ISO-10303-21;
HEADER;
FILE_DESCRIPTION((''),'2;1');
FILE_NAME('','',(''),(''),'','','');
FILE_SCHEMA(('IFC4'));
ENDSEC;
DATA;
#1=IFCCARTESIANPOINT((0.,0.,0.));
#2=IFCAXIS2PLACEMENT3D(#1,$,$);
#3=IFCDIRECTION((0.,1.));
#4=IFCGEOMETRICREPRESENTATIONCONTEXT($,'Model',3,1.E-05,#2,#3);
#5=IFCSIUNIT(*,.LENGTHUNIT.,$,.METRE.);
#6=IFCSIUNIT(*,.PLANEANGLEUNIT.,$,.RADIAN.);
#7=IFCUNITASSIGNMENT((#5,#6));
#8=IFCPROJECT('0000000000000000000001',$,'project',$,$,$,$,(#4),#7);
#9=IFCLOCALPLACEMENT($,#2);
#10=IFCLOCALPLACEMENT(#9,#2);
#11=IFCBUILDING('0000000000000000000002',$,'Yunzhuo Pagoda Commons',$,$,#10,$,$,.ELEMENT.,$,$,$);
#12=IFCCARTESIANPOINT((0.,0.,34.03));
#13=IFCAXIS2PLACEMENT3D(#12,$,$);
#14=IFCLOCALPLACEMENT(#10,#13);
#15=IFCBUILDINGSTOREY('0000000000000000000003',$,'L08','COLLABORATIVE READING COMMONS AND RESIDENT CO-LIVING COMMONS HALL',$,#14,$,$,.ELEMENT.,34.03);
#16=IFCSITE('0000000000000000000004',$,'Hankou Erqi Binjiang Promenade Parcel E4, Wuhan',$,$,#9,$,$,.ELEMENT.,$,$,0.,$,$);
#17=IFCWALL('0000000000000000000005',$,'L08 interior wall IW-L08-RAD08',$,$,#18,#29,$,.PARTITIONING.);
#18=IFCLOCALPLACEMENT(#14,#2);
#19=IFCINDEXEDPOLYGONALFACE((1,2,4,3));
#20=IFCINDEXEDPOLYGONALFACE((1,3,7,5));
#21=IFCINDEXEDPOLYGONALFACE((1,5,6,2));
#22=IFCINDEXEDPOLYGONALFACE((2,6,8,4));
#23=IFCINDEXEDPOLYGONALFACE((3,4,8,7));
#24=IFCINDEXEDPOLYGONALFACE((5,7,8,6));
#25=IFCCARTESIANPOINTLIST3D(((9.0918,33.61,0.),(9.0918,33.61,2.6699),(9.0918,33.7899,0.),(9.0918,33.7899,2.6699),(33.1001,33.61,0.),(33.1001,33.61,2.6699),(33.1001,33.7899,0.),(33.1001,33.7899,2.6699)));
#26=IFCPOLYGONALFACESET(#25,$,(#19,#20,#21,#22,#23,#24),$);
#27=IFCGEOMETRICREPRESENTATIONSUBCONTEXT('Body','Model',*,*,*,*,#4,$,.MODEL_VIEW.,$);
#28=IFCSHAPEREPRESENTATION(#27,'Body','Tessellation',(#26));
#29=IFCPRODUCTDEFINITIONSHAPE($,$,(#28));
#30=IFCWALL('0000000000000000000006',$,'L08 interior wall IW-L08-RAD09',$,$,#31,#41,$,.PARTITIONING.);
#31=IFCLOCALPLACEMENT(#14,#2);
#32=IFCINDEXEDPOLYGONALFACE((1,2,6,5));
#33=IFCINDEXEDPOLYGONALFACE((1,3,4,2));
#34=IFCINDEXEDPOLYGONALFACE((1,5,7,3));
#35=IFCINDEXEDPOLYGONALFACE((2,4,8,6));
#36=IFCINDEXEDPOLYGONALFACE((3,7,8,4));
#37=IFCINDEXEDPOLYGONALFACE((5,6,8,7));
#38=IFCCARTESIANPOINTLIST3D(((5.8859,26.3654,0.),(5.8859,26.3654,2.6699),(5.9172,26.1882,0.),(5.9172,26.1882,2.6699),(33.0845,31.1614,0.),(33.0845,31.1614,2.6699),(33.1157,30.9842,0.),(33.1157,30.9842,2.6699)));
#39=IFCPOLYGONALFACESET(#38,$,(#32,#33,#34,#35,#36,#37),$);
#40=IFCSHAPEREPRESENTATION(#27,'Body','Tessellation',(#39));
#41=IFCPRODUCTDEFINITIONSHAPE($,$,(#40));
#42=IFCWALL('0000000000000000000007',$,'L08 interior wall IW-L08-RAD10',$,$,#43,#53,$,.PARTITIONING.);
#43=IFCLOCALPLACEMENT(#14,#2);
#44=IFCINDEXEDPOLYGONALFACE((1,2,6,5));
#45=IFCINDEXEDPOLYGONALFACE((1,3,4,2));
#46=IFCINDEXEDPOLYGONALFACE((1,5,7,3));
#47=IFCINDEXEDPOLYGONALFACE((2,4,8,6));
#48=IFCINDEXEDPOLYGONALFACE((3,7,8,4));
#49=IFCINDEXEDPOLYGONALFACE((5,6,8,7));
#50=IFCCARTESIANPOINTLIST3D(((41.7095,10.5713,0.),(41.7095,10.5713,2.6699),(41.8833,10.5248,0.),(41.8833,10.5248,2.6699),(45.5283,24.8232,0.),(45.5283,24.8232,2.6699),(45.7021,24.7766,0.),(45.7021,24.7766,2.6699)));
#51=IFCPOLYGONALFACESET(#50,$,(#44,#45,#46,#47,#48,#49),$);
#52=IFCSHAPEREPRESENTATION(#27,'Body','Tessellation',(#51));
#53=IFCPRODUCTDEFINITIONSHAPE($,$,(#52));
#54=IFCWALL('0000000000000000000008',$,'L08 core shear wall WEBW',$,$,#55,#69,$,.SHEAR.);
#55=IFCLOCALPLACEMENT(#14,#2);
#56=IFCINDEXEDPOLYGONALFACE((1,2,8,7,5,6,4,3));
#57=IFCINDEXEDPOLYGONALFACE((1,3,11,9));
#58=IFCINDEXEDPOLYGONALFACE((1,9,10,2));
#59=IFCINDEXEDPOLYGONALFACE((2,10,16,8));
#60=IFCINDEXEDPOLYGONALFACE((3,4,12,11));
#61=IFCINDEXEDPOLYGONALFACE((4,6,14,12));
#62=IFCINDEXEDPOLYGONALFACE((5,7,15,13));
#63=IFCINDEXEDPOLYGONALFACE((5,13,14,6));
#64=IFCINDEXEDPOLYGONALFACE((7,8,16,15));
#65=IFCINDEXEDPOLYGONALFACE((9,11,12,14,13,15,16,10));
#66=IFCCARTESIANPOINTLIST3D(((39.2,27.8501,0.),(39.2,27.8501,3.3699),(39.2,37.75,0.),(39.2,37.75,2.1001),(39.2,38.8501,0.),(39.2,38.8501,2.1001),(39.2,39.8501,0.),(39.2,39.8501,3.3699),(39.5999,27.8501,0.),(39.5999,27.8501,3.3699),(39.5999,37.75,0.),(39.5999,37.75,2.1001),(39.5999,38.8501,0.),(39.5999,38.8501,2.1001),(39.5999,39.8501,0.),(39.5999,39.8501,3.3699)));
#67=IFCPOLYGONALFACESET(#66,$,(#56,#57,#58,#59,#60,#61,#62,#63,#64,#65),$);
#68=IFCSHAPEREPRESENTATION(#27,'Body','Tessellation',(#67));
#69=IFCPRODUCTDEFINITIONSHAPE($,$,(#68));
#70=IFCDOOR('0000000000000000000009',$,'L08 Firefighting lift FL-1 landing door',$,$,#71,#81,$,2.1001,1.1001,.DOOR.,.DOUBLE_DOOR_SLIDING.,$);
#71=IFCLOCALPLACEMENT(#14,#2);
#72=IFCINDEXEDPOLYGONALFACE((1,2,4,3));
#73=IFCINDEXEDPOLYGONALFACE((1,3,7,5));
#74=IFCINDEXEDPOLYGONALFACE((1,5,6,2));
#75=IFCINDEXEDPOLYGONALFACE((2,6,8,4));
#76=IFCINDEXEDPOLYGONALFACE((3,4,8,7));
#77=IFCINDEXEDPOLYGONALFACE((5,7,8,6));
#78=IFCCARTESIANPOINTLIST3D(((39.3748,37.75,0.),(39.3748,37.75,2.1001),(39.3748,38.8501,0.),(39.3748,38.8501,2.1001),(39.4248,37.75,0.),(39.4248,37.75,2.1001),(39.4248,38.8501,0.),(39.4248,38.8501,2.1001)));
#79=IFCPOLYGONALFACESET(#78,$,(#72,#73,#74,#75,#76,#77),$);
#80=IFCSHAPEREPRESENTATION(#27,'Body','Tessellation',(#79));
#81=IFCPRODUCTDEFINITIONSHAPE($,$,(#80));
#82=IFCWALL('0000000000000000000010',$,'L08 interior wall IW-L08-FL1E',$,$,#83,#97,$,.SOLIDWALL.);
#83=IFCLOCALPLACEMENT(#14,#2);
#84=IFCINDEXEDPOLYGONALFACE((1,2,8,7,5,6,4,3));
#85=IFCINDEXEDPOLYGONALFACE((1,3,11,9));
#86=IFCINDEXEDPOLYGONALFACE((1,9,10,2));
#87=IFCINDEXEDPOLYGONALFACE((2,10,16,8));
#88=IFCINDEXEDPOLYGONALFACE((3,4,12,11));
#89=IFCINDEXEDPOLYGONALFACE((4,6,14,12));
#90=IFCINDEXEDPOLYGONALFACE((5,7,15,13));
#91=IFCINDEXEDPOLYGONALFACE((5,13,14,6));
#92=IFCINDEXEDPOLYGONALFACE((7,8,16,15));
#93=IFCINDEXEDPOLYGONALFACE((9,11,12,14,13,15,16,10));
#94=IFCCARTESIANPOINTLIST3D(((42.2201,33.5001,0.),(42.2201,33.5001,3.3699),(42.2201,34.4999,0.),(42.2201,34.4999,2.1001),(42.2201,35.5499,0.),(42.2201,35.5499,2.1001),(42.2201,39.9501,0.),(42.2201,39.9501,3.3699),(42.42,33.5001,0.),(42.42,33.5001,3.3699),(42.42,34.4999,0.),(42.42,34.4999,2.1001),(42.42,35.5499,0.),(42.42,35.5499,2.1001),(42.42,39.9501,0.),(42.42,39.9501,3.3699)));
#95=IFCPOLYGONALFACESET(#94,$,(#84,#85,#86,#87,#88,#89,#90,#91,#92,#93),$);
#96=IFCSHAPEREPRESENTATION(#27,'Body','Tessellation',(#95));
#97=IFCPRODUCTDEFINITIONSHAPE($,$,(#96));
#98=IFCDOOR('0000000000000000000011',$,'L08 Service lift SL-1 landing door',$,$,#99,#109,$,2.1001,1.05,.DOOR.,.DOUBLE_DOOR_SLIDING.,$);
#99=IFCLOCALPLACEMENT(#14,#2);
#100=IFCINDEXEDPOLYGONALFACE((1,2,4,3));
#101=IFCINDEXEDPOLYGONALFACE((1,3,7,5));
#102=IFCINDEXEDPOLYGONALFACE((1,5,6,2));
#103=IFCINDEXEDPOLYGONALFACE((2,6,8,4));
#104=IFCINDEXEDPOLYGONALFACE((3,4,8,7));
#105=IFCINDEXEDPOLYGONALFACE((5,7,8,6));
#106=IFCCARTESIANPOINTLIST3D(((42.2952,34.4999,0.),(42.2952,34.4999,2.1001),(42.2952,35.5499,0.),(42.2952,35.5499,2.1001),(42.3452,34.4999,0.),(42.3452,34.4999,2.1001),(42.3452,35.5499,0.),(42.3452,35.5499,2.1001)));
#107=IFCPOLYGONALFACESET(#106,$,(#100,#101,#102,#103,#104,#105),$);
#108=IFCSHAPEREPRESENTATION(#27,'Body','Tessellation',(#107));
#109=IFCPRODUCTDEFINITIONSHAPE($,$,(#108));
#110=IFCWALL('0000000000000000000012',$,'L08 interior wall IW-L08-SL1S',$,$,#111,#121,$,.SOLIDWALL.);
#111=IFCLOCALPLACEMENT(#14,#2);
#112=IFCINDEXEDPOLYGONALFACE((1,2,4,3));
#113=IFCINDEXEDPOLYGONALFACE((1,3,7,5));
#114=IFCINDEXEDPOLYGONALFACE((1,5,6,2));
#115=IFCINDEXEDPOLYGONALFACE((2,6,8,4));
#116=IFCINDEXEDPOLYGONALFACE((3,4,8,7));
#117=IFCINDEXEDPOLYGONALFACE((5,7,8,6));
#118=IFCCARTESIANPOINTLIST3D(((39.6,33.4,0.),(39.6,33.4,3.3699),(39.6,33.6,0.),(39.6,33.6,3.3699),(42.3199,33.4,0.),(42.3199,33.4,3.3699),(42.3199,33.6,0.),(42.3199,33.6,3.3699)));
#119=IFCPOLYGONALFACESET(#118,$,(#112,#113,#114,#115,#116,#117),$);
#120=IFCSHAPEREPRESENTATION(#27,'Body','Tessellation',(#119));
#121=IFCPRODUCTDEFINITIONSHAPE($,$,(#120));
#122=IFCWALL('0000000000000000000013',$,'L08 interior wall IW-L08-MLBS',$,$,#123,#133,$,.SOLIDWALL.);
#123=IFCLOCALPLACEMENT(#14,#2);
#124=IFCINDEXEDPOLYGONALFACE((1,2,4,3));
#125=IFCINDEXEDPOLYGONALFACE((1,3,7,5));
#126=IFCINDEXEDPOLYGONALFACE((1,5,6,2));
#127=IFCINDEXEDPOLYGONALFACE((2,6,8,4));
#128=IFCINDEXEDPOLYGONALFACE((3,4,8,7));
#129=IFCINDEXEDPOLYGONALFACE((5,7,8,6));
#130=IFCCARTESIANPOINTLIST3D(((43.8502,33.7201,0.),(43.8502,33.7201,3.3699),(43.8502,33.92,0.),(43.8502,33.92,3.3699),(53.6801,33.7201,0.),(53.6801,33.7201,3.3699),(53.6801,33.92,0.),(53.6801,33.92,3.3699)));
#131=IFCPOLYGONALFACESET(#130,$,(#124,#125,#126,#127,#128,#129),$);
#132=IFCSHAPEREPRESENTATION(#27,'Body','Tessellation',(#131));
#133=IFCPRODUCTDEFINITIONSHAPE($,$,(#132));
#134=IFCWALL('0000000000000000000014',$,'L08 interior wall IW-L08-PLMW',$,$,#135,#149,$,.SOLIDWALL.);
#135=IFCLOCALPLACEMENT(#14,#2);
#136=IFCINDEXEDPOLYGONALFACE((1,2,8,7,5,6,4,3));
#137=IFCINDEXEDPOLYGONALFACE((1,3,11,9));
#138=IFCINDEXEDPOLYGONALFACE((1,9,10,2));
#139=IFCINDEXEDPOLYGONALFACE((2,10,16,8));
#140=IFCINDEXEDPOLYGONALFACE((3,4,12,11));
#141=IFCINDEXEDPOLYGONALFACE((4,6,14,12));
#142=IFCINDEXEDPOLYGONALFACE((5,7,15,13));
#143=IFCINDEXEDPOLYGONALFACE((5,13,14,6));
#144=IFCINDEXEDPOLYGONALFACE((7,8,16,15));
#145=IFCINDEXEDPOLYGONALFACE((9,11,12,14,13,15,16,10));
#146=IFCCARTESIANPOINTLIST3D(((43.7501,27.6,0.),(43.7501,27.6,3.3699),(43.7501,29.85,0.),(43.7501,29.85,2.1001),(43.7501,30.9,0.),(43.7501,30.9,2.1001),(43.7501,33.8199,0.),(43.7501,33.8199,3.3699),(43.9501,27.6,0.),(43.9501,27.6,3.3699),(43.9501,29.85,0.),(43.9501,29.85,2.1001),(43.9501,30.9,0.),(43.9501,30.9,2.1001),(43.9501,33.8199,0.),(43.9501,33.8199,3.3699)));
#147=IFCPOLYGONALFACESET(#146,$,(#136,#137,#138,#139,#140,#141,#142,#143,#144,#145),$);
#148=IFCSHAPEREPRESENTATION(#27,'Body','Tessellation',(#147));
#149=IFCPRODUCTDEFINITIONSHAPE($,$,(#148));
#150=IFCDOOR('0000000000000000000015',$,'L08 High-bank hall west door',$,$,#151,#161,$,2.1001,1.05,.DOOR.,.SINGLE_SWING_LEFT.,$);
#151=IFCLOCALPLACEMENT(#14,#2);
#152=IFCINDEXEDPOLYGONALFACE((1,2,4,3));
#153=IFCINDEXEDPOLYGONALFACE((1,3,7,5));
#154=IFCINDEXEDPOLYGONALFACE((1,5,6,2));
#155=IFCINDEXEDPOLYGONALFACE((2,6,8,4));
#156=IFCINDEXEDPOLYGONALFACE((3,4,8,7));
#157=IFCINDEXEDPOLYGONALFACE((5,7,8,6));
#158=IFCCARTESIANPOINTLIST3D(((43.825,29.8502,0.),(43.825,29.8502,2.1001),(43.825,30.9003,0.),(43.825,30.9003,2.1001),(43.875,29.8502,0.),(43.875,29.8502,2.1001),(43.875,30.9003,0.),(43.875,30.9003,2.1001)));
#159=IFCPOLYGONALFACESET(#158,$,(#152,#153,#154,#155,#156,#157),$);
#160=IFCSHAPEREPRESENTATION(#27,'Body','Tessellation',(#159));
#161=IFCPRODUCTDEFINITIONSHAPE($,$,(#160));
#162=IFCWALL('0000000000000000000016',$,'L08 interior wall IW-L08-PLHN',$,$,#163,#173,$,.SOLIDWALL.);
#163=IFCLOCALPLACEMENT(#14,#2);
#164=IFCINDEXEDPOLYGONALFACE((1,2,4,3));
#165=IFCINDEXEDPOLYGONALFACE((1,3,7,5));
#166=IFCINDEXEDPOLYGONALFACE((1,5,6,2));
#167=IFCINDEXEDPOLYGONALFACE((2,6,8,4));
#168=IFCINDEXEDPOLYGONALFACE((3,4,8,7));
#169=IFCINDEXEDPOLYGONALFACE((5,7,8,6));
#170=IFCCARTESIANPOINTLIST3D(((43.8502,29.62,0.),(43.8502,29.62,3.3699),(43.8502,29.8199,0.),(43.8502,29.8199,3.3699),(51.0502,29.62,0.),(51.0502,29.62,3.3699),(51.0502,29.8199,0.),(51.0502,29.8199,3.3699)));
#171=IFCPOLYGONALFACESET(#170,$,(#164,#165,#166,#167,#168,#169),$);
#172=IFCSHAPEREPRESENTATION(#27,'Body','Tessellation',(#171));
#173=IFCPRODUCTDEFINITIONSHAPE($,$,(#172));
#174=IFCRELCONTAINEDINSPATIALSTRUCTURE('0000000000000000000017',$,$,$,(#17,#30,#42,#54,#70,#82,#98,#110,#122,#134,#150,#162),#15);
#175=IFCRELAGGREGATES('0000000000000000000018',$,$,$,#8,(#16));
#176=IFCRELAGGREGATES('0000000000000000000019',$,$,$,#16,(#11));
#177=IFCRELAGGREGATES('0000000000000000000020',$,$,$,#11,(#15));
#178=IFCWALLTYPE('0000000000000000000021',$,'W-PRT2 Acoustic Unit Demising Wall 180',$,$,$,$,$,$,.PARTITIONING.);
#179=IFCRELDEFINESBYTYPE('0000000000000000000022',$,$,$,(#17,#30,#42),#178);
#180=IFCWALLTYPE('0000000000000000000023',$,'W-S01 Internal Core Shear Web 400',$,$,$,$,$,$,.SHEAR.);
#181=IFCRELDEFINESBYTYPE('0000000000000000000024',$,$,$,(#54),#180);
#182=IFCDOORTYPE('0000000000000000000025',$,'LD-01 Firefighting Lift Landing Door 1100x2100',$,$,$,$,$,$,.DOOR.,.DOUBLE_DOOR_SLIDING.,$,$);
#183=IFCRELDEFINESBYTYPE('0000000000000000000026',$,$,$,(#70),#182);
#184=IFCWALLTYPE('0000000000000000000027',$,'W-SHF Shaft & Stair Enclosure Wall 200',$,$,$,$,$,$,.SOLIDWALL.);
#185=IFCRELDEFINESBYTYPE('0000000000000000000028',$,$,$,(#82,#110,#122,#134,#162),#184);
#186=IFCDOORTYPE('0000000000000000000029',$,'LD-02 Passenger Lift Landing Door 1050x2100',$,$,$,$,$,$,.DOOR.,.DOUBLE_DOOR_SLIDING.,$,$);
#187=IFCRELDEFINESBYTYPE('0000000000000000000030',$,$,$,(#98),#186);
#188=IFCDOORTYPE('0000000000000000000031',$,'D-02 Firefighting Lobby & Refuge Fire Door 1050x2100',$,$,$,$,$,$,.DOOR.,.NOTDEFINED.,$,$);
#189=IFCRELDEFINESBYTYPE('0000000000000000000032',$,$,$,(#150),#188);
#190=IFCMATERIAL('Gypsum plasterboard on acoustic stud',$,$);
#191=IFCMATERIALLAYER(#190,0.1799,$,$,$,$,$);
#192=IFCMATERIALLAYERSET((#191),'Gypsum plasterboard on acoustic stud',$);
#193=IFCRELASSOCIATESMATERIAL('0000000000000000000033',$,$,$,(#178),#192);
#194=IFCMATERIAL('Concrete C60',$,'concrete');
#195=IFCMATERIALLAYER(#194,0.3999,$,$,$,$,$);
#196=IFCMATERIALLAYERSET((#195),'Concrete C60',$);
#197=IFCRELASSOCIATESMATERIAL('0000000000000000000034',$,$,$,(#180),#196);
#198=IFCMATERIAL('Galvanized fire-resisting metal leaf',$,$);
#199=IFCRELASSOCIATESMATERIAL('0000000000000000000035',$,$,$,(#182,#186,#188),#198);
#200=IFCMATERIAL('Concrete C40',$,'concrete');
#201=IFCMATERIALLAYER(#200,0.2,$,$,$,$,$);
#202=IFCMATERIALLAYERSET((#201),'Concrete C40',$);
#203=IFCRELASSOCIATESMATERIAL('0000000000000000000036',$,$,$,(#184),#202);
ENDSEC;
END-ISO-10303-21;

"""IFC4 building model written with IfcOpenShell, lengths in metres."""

from ifc_helpers import new_model, si_unit, direction, frame, frame_2d, origin, origin_with_axes, place, context, subcontext, project, spatial, rectangle, extrude, source, transform, mapped, material, layer, layer_set, type_object, element, fill, save


model = new_model("IFC4")

# Units and contexts
model_context = context("Model", 3, precision=1e-05, world=origin(), true_north=direction((0.0, 1.0)))
body_context = subcontext(model_context, "Body", "Model", "MODEL_VIEW")
ifc_project = project(units=[si_unit("LENGTHUNIT", "METRE"), si_unit("PLANEANGLEUNIT", "RADIAN")], contexts=[model_context])

# Site, building, storey
site_placement = place(None, origin())
site = spatial("IfcSite", under=ifc_project, at=site_placement, Name="Hankou Erqi Binjiang Promenade Parcel E4, Wuhan", CompositionType="ELEMENT", RefElevation=0.0)
building_placement = place(site_placement, origin())
building = spatial("IfcBuilding", under=site, at=building_placement, Name="Yunzhuo Pagoda Commons", CompositionType="ELEMENT")
storey_placement = place(building_placement, frame((0.0, 0.0, 34.03)))
storey = spatial("IfcBuildingStorey", under=building, at=storey_placement, Name="L08", Description="COLLABORATIVE READING COMMONS AND RESIDENT CO-LIVING COMMONS HALL", CompositionType="ELEMENT", Elevation=34.03)

# Shared definitions
ifc_material_1 = material(Name="Concrete C60", Category="concrete")

# Shared definitions
ifc_material_2 = material(Name="Gypsum plasterboard on acoustic stud")
ifc_material_3 = material(Name="Galvanized fire-resisting metal leaf")

# Walls
ifc_layer_1 = layer(ifc_material_2, 0.1799)
ifc_layer_set_1 = layer_set([ifc_layer_1], Name="Gypsum plasterboard on acoustic stud")
wall_type_1 = type_object("IfcWallType", Name="W-PRT2 Acoustic Unit Demising Wall 180", PredefinedType="PARTITIONING", material=ifc_layer_set_1)
wall_1_placement = place(storey_placement, frame((33.1001, 33.7, 0.0), z_axis=(0.0, 0.0, 1.0), x_axis=(-1.0, 0.0, 0.0)))
element("IfcWall", 1, at=wall_1_placement, inside=storey, type_object=wall_type_1, Name="L08 interior wall IW-L08-RAD08", PredefinedType="PARTITIONING", context=body_context, shape_type="SweptSolid", body=[
    extrude(rectangle(XDim=24.0083, YDim=0.1799, at=frame_2d((12.0042, 0.0))), origin(), (0.0, 0.0, 1.0), 2.6699),
])
wall_2_placement = place(storey_placement, frame((33.1001, 31.0728, 0.0), z_axis=(0.0, 0.0, 1.0), x_axis=(-0.984807, -0.173651, 0.0)))
element("IfcWall", 2, at=wall_2_placement, inside=storey, type_object=wall_type_1, Name="L08 interior wall IW-L08-RAD09", PredefinedType="PARTITIONING", context=body_context, shape_type="SweptSolid", body=[
    extrude(rectangle(XDim=27.6182, YDim=0.1799, at=frame_2d((13.8091, 0.0))), origin(), (0.0, 0.0, 1.0), 2.6699),
])
wall_3_placement = place(storey_placement, frame((45.6152, 24.8, 0.0), z_axis=(0.0, 0.0, 1.0), x_axis=(-0.258822, -0.965925, 0.0)))
element("IfcWall", 3, at=wall_3_placement, inside=storey, type_object=wall_type_1, Name="L08 interior wall IW-L08-RAD10", PredefinedType="PARTITIONING", context=body_context, shape_type="SweptSolid", body=[
    extrude(rectangle(XDim=14.7546, YDim=0.1799, at=frame_2d((7.3774, 0.0))), origin(), (0.0, 0.0, 1.0), 2.6699),
])

# Walls, openings, doors
ifc_layer_2 = layer(ifc_material_1, 0.3999)
ifc_layer_set_2 = layer_set([ifc_layer_2], Name="Concrete C60")
wall_type_2 = type_object("IfcWallType", Name="W-S01 Internal Core Shear Web 400", PredefinedType="SHEAR", material=ifc_layer_set_2)
wall_4_placement = place(storey_placement, frame((39.3999, 27.8501, 0.0), z_axis=(0.0, 0.0, 1.0), x_axis=(0.0, 1.0, 0.0)))
wall_4 = element("IfcWall", 4, at=wall_4_placement, inside=storey, type_object=wall_type_2, Name="L08 core shear wall WEBW", PredefinedType="SHEAR", context=body_context, shape_type="SweptSolid", body=[
    extrude(rectangle(XDim=12.0, YDim=0.3999, at=frame_2d((6.0, 0.0))), origin(), (0.0, 0.0, 1.0), 3.3699),
])
opening_1_placement = place(wall_4_placement, frame((9.8999, 0.0, 0.0)))
opening_1 = element("IfcOpeningElement", 5, at=opening_1_placement, cuts=wall_4, PredefinedType="OPENING", context=body_context, shape_type="SweptSolid", body=[
    extrude(rectangle(XDim=1.1001, YDim=2.1001, at=frame_2d((0.55, 1.05))), frame((0.0, 0.21, 0.0), z_axis=(0.0, -1.0, 0.0), x_axis=(1.0, 0.0, 0.0)), (0.0, 0.0, 1.0), 0.4199),
])
door_type_1 = type_object("IfcDoorType", Name="LD-01 Firefighting Lift Landing Door 1100x2100", OperationType="DOUBLE_DOOR_SLIDING", PredefinedType="DOOR", material=ifc_material_3)
shared_shape_1 = source(origin(), body_context, "Body", "SweptSolid", [
    extrude(rectangle(XDim=1.1001, YDim=2.1001, at=frame_2d((0.55, 1.05))), frame((0.0, 0.0249, 0.0), z_axis=(0.0, -1.0, 0.0), x_axis=(1.0, 0.0, 0.0)), (0.0, 0.0, 1.0), 0.05),
])
door_1_placement = place(opening_1_placement, frame((1.1001, 0.0, 0.0), z_axis=(0.0, 0.0, 1.0), x_axis=(-1.0, 0.0, 0.0)))
door_1 = element("IfcDoor", 6, at=door_1_placement, inside=storey, type_object=door_type_1, Name="L08 Firefighting lift FL-1 landing door", OperationType="DOUBLE_DOOR_SLIDING", OverallHeight=2.1001, OverallWidth=1.1001, PredefinedType="DOOR", context=body_context, shape_type="MappedRepresentation", body=[
    mapped(shared_shape_1, transform((0.0, 0.0, 0.0), scale=1.0)),
])
fill(opening_1, door_1)
ifc_material_4 = material(Name="Concrete C40", Category="concrete")
ifc_layer_3 = layer(ifc_material_4, 0.2)
ifc_layer_set_3 = layer_set([ifc_layer_3], Name="Concrete C40")
wall_type_3 = type_object("IfcWallType", Name="W-SHF Shaft & Stair Enclosure Wall 200", PredefinedType="SOLIDWALL", material=ifc_layer_set_3)
wall_5_placement = place(storey_placement, frame((42.3201, 33.5, 0.0), z_axis=(0.0, 0.0, 1.0), x_axis=(0.0, 1.0, 0.0)))
wall_5 = element("IfcWall", 7, at=wall_5_placement, inside=storey, type_object=wall_type_3, Name="L08 interior wall IW-L08-FL1E", PredefinedType="SOLIDWALL", context=body_context, shape_type="SweptSolid", body=[
    extrude(rectangle(XDim=6.45, YDim=0.2, at=frame_2d((3.2251, 0.0))), origin(), (0.0, 0.0, 1.0), 3.3699),
])
opening_2_placement = place(wall_5_placement, frame((1.0, 0.0, 0.0)))
opening_2 = element("IfcOpeningElement", 8, at=opening_2_placement, cuts=wall_5, PredefinedType="OPENING", context=body_context, shape_type="SweptSolid", body=[
    extrude(rectangle(XDim=1.05, YDim=2.1001, at=frame_2d((0.5249, 1.05))), frame((0.0, 0.1099, 0.0), z_axis=(0.0, -1.0, 0.0), x_axis=(1.0, 0.0, 0.0)), (0.0, 0.0, 1.0), 0.22),
])
door_type_2 = type_object("IfcDoorType", Name="LD-02 Passenger Lift Landing Door 1050x2100", OperationType="DOUBLE_DOOR_SLIDING", PredefinedType="DOOR", material=ifc_material_3)
shared_shape_2 = source(origin(), body_context, "Body", "SweptSolid", [
    extrude(rectangle(XDim=1.05, YDim=2.1001, at=frame_2d((0.5249, 1.05))), frame((0.0, 0.0249, 0.0), z_axis=(0.0, -1.0, 0.0), x_axis=(1.0, 0.0, 0.0)), (0.0, 0.0, 1.0), 0.05),
])
door_2_placement = place(opening_2_placement, origin_with_axes())
door_2 = element("IfcDoor", 9, at=door_2_placement, inside=storey, type_object=door_type_2, Name="L08 Service lift SL-1 landing door", OperationType="DOUBLE_DOOR_SLIDING", OverallHeight=2.1001, OverallWidth=1.05, PredefinedType="DOOR", context=body_context, shape_type="MappedRepresentation", body=[
    mapped(shared_shape_2, transform((0.0, 0.0, 0.0), scale=1.0)),
])
fill(opening_2, door_2)

# Walls
wall_6_placement = place(storey_placement, frame((39.6001, 33.5, 0.0), z_axis=(0.0, 0.0, 1.0), x_axis=(1.0, 0.0, 0.0)))
element("IfcWall", 10, at=wall_6_placement, inside=storey, type_object=wall_type_3, Name="L08 interior wall IW-L08-SL1S", PredefinedType="SOLIDWALL", context=body_context, shape_type="SweptSolid", body=[
    extrude(rectangle(XDim=2.72, YDim=0.2, at=frame_2d((1.3599, 0.0))), origin(), (0.0, 0.0, 1.0), 3.3699),
])
wall_7_placement = place(storey_placement, frame((43.8501, 33.8201, 0.0), z_axis=(0.0, 0.0, 1.0), x_axis=(1.0, 0.0, 0.0)))
element("IfcWall", 11, at=wall_7_placement, inside=storey, type_object=wall_type_3, Name="L08 interior wall IW-L08-MLBS", PredefinedType="SOLIDWALL", context=body_context, shape_type="SweptSolid", body=[
    extrude(rectangle(XDim=9.8298, YDim=0.2, at=frame_2d((4.915, 0.0))), origin(), (0.0, 0.0, 1.0), 3.3699),
])

# Wall, opening, door
wall_8_placement = place(storey_placement, frame((43.8501, 27.6001, 0.0), z_axis=(0.0, 0.0, 1.0), x_axis=(0.0, 1.0, 0.0)))
wall_8 = element("IfcWall", 12, at=wall_8_placement, inside=storey, type_object=wall_type_3, Name="L08 interior wall IW-L08-PLMW", PredefinedType="SOLIDWALL", context=body_context, shape_type="SweptSolid", body=[
    extrude(rectangle(XDim=6.22, YDim=0.2, at=frame_2d((3.1099, 0.0))), origin(), (0.0, 0.0, 1.0), 3.3699),
])
opening_3_placement = place(wall_8_placement, frame((2.25, 0.0, 0.0)))
opening_3 = element("IfcOpeningElement", 13, at=opening_3_placement, cuts=wall_8, PredefinedType="OPENING", context=body_context, shape_type="SweptSolid", body=[
    extrude(rectangle(XDim=1.05, YDim=2.1001, at=frame_2d((0.5249, 1.05))), frame((0.0, 0.1099, 0.0), z_axis=(0.0, -1.0, 0.0), x_axis=(1.0, 0.0, 0.0)), (0.0, 0.0, 1.0), 0.22),
])
door_type_3 = type_object("IfcDoorType", Name="D-02 Firefighting Lobby & Refuge Fire Door 1050x2100", OperationType="NOTDEFINED", PredefinedType="DOOR", material=ifc_material_3)
door_3_placement = place(opening_3_placement, frame((1.05, 0.0, 0.0), z_axis=(0.0, 0.0, 1.0), x_axis=(-1.0, 0.0, 0.0)))
door_3 = element("IfcDoor", 14, at=door_3_placement, inside=storey, type_object=door_type_3, Name="L08 High-bank hall west door", OperationType="SINGLE_SWING_LEFT", OverallHeight=2.1001, OverallWidth=1.05, PredefinedType="DOOR", context=body_context, shape_type="MappedRepresentation", body=[
    mapped(shared_shape_2, transform((0.0, 0.0, 0.0), scale=1.0)),
])
fill(opening_3, door_3)

# Wall
wall_9_placement = place(storey_placement, frame((43.8501, 29.72, 0.0), z_axis=(0.0, 0.0, 1.0), x_axis=(1.0, 0.0, 0.0)))
element("IfcWall", 15, at=wall_9_placement, inside=storey, type_object=wall_type_3, Name="L08 interior wall IW-L08-PLHN", PredefinedType="SOLIDWALL", context=body_context, shape_type="SweptSolid", body=[
    extrude(rectangle(XDim=7.2, YDim=0.2, at=frame_2d((3.6001, 0.0))), origin(), (0.0, 0.0, 1.0), 3.3699),
])

save(model, "model.ifc")
